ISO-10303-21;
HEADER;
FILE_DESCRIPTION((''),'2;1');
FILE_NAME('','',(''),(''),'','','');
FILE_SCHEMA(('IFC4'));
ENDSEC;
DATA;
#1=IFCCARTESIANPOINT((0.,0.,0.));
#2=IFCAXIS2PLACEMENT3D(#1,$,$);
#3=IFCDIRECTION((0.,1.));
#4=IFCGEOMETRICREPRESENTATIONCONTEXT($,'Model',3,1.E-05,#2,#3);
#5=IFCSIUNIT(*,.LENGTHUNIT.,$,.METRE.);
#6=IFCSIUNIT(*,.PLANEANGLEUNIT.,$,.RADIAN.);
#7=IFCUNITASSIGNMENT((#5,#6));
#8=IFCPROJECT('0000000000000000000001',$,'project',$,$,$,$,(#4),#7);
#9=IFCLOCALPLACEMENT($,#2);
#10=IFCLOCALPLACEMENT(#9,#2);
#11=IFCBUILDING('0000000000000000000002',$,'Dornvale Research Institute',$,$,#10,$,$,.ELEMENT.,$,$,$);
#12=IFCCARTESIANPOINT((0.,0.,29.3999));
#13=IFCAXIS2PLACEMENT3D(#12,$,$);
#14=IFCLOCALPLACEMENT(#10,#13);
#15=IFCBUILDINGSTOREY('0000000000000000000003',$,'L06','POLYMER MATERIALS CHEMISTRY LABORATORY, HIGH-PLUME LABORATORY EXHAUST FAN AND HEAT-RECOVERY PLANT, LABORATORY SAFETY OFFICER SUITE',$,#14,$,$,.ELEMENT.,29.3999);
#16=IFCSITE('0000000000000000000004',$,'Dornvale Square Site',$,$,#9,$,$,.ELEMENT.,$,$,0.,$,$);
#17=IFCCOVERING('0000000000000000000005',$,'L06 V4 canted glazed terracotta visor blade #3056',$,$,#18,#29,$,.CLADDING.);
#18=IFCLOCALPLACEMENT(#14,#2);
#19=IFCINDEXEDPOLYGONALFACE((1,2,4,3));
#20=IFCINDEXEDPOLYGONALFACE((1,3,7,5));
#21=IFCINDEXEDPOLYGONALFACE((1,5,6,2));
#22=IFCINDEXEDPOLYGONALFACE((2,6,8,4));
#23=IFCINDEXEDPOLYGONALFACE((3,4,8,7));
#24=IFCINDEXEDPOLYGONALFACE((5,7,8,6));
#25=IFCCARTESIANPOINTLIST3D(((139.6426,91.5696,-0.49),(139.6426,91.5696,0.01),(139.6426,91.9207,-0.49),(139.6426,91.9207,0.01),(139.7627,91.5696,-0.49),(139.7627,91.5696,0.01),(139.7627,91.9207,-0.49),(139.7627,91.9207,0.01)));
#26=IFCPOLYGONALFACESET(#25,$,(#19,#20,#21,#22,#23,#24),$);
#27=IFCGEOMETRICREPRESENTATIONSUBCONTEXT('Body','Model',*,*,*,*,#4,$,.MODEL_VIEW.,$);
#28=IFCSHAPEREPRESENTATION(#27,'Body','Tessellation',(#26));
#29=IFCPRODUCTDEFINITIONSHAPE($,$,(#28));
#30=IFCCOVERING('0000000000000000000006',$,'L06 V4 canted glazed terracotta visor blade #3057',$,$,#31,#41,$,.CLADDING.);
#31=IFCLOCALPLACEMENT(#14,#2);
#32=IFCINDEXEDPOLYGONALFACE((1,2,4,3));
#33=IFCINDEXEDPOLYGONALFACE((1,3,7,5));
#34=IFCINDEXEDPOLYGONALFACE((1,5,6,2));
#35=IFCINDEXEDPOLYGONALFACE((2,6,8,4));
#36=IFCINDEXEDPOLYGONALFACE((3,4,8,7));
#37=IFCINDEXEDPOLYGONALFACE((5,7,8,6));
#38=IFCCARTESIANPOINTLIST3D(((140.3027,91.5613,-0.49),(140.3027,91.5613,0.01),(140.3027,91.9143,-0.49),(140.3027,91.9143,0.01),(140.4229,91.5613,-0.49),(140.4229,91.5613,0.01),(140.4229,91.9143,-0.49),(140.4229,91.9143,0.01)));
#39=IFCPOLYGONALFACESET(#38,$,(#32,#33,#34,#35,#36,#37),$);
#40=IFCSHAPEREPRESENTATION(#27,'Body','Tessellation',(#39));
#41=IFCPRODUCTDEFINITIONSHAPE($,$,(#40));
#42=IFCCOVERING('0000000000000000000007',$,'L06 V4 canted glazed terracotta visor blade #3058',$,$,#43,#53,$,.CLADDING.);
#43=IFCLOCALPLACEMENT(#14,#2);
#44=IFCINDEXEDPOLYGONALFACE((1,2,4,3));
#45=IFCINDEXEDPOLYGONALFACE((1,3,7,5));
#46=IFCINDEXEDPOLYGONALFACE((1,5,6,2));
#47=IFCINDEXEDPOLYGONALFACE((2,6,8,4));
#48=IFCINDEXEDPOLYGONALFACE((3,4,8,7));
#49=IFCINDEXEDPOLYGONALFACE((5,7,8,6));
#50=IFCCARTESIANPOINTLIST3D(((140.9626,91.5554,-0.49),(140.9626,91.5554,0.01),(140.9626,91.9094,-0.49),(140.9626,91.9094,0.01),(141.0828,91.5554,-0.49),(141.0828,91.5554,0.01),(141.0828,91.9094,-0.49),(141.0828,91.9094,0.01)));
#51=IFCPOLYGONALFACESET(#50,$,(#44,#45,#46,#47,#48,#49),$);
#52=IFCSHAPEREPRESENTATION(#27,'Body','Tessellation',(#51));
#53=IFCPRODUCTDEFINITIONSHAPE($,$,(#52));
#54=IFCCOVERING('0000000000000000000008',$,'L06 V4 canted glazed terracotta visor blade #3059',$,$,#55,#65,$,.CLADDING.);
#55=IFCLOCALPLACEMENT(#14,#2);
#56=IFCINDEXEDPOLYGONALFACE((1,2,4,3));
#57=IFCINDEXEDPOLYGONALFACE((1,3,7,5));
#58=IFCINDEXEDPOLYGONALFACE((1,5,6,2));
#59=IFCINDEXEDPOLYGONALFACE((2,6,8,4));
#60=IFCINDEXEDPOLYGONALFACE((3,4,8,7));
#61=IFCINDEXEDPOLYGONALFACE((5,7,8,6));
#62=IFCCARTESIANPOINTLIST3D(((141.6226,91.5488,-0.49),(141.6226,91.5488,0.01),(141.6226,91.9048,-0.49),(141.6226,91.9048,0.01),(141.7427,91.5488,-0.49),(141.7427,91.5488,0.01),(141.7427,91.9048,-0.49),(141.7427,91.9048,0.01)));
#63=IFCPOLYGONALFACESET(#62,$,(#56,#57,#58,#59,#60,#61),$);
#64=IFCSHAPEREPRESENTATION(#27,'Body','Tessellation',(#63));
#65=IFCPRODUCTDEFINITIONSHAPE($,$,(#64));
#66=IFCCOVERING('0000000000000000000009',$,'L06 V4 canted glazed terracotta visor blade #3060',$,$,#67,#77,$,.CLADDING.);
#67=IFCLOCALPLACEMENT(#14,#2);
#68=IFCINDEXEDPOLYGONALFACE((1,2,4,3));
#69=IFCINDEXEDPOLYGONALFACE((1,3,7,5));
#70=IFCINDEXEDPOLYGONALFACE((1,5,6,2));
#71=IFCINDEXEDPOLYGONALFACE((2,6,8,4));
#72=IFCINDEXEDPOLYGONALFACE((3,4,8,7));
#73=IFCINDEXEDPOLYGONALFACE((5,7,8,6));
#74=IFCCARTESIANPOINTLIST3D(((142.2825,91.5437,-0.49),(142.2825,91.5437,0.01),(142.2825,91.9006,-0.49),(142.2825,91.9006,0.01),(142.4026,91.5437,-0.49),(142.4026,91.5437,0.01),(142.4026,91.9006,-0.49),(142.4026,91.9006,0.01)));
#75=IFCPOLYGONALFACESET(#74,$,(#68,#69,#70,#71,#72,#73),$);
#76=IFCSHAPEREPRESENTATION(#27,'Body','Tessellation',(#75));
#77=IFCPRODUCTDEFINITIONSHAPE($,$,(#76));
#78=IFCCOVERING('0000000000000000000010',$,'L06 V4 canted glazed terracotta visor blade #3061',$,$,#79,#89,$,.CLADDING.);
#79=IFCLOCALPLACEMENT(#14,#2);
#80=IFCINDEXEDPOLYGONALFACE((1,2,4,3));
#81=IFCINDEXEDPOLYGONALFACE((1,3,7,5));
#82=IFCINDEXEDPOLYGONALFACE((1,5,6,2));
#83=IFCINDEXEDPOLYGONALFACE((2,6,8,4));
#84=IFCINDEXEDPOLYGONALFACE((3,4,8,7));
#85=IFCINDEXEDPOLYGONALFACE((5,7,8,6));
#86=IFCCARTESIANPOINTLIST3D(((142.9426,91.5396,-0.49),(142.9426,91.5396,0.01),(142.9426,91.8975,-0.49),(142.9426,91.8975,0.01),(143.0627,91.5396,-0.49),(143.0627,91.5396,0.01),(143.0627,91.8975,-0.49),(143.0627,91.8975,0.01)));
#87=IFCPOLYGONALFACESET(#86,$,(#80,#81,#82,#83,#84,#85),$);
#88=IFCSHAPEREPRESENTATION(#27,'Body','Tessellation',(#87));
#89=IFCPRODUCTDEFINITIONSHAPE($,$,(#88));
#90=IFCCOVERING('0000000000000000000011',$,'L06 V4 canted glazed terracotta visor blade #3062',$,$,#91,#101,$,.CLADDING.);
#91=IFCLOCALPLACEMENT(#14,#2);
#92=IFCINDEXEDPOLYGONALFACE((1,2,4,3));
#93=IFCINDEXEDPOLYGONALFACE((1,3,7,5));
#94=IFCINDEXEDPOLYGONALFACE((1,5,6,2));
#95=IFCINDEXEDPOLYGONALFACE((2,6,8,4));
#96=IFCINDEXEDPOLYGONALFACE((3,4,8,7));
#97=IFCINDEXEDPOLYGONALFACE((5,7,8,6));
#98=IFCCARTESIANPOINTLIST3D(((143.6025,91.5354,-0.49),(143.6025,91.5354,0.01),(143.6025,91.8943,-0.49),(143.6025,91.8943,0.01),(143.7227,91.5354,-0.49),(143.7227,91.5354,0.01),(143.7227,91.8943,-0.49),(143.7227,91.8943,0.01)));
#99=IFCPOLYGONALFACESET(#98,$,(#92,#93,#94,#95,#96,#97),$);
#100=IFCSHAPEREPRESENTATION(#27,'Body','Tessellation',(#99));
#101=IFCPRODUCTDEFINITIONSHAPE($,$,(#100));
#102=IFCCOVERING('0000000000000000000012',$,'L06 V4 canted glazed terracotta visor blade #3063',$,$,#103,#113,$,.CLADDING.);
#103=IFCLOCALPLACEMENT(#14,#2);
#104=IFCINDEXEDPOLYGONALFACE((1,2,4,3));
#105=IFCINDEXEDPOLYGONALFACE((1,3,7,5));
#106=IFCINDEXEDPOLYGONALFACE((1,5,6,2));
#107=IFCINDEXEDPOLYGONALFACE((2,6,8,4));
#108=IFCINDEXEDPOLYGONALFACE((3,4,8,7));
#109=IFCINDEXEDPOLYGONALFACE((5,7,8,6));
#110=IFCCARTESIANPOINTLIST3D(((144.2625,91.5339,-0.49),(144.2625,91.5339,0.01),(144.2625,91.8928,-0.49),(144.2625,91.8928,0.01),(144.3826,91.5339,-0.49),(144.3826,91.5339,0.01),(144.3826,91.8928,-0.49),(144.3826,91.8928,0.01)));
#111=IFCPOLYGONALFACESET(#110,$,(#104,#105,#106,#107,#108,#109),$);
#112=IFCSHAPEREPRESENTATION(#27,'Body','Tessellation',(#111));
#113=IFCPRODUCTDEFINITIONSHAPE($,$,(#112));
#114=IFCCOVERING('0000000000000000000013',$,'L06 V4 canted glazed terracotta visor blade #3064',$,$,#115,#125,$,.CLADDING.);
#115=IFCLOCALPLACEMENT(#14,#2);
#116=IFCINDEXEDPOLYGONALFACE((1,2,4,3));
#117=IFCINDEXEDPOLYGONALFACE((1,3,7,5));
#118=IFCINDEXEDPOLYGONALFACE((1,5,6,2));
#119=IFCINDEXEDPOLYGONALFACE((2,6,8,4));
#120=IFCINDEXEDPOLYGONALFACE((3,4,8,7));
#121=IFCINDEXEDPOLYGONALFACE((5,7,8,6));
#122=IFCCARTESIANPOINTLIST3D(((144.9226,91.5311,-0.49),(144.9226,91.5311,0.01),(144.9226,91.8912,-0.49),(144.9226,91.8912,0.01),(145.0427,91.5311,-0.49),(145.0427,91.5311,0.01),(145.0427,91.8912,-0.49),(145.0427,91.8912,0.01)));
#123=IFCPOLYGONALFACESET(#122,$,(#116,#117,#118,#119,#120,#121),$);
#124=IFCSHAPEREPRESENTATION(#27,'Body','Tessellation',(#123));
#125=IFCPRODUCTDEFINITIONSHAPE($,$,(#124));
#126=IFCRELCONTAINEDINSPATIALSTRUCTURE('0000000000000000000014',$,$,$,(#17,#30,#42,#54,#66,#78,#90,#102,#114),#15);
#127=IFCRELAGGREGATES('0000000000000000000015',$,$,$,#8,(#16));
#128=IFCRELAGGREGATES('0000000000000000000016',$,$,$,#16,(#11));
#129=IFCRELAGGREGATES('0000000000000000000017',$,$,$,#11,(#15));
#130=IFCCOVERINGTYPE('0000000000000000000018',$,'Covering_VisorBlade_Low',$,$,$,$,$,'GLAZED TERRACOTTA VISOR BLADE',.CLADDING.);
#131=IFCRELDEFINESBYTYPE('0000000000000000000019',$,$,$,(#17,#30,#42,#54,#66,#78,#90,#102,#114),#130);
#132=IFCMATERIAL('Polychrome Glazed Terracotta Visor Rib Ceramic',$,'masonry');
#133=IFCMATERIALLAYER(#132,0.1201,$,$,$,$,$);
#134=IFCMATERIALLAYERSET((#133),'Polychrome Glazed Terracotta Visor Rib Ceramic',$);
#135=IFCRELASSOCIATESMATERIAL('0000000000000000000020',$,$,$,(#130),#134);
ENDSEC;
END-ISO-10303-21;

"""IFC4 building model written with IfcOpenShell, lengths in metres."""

from ifc_helpers import new_model, si_unit, direction, frame, origin, origin_2d, place, context, subcontext, project, spatial, rectangle, extrude, material, layer, layer_set, type_object, element, save


model = new_model("IFC4")

# Units and contexts
model_context = context("Model", 3, precision=1e-05, world=origin(), true_north=direction((0.0, 1.0)))
body_context = subcontext(model_context, "Body", "Model", "MODEL_VIEW")
ifc_project = project(units=[si_unit("LENGTHUNIT", "METRE"), si_unit("PLANEANGLEUNIT", "RADIAN")], contexts=[model_context])

# Site, building, storey
site_placement = place(None, origin())
site = spatial("IfcSite", under=ifc_project, at=site_placement, Name="Dornvale Square Site", CompositionType="ELEMENT", RefElevation=0.0)
building_placement = place(site_placement, origin())
building = spatial("IfcBuilding", under=site, at=building_placement, Name="Dornvale Research Institute", CompositionType="ELEMENT")
storey_placement = place(building_placement, frame((0.0, 0.0, 29.3999)))
storey = spatial("IfcBuildingStorey", under=building, at=storey_placement, Name="L06", Description="POLYMER MATERIALS CHEMISTRY LABORATORY, HIGH-PLUME LABORATORY EXHAUST FAN AND HEAT-RECOVERY PLANT, LABORATORY SAFETY OFFICER SUITE", CompositionType="ELEMENT", Elevation=29.3999)

# Coverings
ifc_material_1 = material(Name="Polychrome Glazed Terracotta Visor Rib Ceramic", Category="masonry")
ifc_layer_1 = layer(ifc_material_1, 0.1201)
ifc_layer_set_1 = layer_set([ifc_layer_1], Name="Polychrome Glazed Terracotta Visor Rib Ceramic")
covering_type = type_object("IfcCoveringType", Name="Covering_VisorBlade_Low", ElementType="GLAZED TERRACOTTA VISOR BLADE", PredefinedType="CLADDING", material=ifc_layer_set_1)
covering_1_placement = place(storey_placement, frame((139.7026, 91.7451, -0.49), z_axis=(0.0, 0.0, 1.0), x_axis=(0.0, 1.0, 0.0)))
element("IfcCovering", 1, at=covering_1_placement, inside=storey, type_object=covering_type, Name="L06 V4 canted glazed terracotta visor blade #3056", PredefinedType="CLADDING", context=body_context, shape_type="SweptSolid", body=[
    extrude(rectangle(XDim=0.3511, YDim=0.1201, at=origin_2d()), origin(), (0.0, 0.0, 1.0), 0.5),
])
covering_2_placement = place(storey_placement, frame((140.3628, 91.7378, -0.49), z_axis=(0.0, 0.0, 1.0), x_axis=(0.0, 1.0, 0.0)))
element("IfcCovering", 2, at=covering_2_placement, inside=storey, type_object=covering_type, Name="L06 V4 canted glazed terracotta visor blade #3057", PredefinedType="CLADDING", context=body_context, shape_type="SweptSolid", body=[
    extrude(rectangle(XDim=0.353, YDim=0.1201, at=origin_2d()), origin(), (0.0, 0.0, 1.0), 0.5),
])
covering_3_placement = place(storey_placement, frame((141.0227, 91.7324, -0.49), z_axis=(0.0, 0.0, 1.0), x_axis=(0.0, 1.0, 0.0)))
element("IfcCovering", 3, at=covering_3_placement, inside=storey, type_object=covering_type, Name="L06 V4 canted glazed terracotta visor blade #3058", PredefinedType="CLADDING", context=body_context, shape_type="SweptSolid", body=[
    extrude(rectangle(XDim=0.354, YDim=0.1201, at=origin_2d()), origin(), (0.0, 0.0, 1.0), 0.5),
])
covering_4_placement = place(storey_placement, frame((141.6826, 91.7268, -0.49), z_axis=(0.0, 0.0, 1.0), x_axis=(0.0, 1.0, 0.0)))
element("IfcCovering", 4, at=covering_4_placement, inside=storey, type_object=covering_type, Name="L06 V4 canted glazed terracotta visor blade #3059", PredefinedType="CLADDING", context=body_context, shape_type="SweptSolid", body=[
    extrude(rectangle(XDim=0.356, YDim=0.1201, at=origin_2d()), origin(), (0.0, 0.0, 1.0), 0.5),
])
covering_5_placement = place(storey_placement, frame((142.3425, 91.7222, -0.49), z_axis=(0.0, 0.0, 1.0), x_axis=(0.0, 1.0, 0.0)))
element("IfcCovering", 5, at=covering_5_placement, inside=storey, type_object=covering_type, Name="L06 V4 canted glazed terracotta visor blade #3060", PredefinedType="CLADDING", context=body_context, shape_type="SweptSolid", body=[
    extrude(rectangle(XDim=0.3569, YDim=0.1201, at=origin_2d()), origin(), (0.0, 0.0, 1.0), 0.5),
])
covering_6_placement = place(storey_placement, frame((143.0027, 91.7185, -0.49), z_axis=(0.0, 0.0, 1.0), x_axis=(0.0, 1.0, 0.0)))
element("IfcCovering", 6, at=covering_6_placement, inside=storey, type_object=covering_type, Name="L06 V4 canted glazed terracotta visor blade #3061", PredefinedType="CLADDING", context=body_context, shape_type="SweptSolid", body=[
    extrude(rectangle(XDim=0.3579, YDim=0.1201, at=origin_2d()), origin(), (0.0, 0.0, 1.0), 0.5),
])
for number, where, z_axis, x_axis, name in (
    (7, (143.6626, 91.7148, -0.49), (0.0, 0.0, 1.0), (0.0, 1.0, 0.0), "L06 V4 canted glazed terracotta visor blade #3062"),
    (8, (144.3225, 91.7134, -0.49), (0.0, 0.0, 1.0), (0.0, 1.0, 0.0), "L06 V4 canted glazed terracotta visor blade #3063"),
):
    element("IfcCovering", number, at=place(storey_placement, frame(where, z_axis=z_axis, x_axis=x_axis)), inside=storey, type_object=covering_type, Name=name, PredefinedType="CLADDING", context=body_context, shape_type="SweptSolid", body=[
        extrude(rectangle(XDim=0.3589, YDim=0.1201, at=origin_2d()), origin(), (0.0, 0.0, 1.0), 0.5),
    ])
covering_7_placement = place(storey_placement, frame((144.9827, 91.7112, -0.49), z_axis=(0.0, 0.0, 1.0), x_axis=(0.0, 1.0, 0.0)))
element("IfcCovering", 9, at=covering_7_placement, inside=storey, type_object=covering_type, Name="L06 V4 canted glazed terracotta visor blade #3064", PredefinedType="CLADDING", context=body_context, shape_type="SweptSolid", body=[
    extrude(rectangle(XDim=0.3601, YDim=0.1201, at=origin_2d()), origin(), (0.0, 0.0, 1.0), 0.5),
])

save(model, "model.ifc")
